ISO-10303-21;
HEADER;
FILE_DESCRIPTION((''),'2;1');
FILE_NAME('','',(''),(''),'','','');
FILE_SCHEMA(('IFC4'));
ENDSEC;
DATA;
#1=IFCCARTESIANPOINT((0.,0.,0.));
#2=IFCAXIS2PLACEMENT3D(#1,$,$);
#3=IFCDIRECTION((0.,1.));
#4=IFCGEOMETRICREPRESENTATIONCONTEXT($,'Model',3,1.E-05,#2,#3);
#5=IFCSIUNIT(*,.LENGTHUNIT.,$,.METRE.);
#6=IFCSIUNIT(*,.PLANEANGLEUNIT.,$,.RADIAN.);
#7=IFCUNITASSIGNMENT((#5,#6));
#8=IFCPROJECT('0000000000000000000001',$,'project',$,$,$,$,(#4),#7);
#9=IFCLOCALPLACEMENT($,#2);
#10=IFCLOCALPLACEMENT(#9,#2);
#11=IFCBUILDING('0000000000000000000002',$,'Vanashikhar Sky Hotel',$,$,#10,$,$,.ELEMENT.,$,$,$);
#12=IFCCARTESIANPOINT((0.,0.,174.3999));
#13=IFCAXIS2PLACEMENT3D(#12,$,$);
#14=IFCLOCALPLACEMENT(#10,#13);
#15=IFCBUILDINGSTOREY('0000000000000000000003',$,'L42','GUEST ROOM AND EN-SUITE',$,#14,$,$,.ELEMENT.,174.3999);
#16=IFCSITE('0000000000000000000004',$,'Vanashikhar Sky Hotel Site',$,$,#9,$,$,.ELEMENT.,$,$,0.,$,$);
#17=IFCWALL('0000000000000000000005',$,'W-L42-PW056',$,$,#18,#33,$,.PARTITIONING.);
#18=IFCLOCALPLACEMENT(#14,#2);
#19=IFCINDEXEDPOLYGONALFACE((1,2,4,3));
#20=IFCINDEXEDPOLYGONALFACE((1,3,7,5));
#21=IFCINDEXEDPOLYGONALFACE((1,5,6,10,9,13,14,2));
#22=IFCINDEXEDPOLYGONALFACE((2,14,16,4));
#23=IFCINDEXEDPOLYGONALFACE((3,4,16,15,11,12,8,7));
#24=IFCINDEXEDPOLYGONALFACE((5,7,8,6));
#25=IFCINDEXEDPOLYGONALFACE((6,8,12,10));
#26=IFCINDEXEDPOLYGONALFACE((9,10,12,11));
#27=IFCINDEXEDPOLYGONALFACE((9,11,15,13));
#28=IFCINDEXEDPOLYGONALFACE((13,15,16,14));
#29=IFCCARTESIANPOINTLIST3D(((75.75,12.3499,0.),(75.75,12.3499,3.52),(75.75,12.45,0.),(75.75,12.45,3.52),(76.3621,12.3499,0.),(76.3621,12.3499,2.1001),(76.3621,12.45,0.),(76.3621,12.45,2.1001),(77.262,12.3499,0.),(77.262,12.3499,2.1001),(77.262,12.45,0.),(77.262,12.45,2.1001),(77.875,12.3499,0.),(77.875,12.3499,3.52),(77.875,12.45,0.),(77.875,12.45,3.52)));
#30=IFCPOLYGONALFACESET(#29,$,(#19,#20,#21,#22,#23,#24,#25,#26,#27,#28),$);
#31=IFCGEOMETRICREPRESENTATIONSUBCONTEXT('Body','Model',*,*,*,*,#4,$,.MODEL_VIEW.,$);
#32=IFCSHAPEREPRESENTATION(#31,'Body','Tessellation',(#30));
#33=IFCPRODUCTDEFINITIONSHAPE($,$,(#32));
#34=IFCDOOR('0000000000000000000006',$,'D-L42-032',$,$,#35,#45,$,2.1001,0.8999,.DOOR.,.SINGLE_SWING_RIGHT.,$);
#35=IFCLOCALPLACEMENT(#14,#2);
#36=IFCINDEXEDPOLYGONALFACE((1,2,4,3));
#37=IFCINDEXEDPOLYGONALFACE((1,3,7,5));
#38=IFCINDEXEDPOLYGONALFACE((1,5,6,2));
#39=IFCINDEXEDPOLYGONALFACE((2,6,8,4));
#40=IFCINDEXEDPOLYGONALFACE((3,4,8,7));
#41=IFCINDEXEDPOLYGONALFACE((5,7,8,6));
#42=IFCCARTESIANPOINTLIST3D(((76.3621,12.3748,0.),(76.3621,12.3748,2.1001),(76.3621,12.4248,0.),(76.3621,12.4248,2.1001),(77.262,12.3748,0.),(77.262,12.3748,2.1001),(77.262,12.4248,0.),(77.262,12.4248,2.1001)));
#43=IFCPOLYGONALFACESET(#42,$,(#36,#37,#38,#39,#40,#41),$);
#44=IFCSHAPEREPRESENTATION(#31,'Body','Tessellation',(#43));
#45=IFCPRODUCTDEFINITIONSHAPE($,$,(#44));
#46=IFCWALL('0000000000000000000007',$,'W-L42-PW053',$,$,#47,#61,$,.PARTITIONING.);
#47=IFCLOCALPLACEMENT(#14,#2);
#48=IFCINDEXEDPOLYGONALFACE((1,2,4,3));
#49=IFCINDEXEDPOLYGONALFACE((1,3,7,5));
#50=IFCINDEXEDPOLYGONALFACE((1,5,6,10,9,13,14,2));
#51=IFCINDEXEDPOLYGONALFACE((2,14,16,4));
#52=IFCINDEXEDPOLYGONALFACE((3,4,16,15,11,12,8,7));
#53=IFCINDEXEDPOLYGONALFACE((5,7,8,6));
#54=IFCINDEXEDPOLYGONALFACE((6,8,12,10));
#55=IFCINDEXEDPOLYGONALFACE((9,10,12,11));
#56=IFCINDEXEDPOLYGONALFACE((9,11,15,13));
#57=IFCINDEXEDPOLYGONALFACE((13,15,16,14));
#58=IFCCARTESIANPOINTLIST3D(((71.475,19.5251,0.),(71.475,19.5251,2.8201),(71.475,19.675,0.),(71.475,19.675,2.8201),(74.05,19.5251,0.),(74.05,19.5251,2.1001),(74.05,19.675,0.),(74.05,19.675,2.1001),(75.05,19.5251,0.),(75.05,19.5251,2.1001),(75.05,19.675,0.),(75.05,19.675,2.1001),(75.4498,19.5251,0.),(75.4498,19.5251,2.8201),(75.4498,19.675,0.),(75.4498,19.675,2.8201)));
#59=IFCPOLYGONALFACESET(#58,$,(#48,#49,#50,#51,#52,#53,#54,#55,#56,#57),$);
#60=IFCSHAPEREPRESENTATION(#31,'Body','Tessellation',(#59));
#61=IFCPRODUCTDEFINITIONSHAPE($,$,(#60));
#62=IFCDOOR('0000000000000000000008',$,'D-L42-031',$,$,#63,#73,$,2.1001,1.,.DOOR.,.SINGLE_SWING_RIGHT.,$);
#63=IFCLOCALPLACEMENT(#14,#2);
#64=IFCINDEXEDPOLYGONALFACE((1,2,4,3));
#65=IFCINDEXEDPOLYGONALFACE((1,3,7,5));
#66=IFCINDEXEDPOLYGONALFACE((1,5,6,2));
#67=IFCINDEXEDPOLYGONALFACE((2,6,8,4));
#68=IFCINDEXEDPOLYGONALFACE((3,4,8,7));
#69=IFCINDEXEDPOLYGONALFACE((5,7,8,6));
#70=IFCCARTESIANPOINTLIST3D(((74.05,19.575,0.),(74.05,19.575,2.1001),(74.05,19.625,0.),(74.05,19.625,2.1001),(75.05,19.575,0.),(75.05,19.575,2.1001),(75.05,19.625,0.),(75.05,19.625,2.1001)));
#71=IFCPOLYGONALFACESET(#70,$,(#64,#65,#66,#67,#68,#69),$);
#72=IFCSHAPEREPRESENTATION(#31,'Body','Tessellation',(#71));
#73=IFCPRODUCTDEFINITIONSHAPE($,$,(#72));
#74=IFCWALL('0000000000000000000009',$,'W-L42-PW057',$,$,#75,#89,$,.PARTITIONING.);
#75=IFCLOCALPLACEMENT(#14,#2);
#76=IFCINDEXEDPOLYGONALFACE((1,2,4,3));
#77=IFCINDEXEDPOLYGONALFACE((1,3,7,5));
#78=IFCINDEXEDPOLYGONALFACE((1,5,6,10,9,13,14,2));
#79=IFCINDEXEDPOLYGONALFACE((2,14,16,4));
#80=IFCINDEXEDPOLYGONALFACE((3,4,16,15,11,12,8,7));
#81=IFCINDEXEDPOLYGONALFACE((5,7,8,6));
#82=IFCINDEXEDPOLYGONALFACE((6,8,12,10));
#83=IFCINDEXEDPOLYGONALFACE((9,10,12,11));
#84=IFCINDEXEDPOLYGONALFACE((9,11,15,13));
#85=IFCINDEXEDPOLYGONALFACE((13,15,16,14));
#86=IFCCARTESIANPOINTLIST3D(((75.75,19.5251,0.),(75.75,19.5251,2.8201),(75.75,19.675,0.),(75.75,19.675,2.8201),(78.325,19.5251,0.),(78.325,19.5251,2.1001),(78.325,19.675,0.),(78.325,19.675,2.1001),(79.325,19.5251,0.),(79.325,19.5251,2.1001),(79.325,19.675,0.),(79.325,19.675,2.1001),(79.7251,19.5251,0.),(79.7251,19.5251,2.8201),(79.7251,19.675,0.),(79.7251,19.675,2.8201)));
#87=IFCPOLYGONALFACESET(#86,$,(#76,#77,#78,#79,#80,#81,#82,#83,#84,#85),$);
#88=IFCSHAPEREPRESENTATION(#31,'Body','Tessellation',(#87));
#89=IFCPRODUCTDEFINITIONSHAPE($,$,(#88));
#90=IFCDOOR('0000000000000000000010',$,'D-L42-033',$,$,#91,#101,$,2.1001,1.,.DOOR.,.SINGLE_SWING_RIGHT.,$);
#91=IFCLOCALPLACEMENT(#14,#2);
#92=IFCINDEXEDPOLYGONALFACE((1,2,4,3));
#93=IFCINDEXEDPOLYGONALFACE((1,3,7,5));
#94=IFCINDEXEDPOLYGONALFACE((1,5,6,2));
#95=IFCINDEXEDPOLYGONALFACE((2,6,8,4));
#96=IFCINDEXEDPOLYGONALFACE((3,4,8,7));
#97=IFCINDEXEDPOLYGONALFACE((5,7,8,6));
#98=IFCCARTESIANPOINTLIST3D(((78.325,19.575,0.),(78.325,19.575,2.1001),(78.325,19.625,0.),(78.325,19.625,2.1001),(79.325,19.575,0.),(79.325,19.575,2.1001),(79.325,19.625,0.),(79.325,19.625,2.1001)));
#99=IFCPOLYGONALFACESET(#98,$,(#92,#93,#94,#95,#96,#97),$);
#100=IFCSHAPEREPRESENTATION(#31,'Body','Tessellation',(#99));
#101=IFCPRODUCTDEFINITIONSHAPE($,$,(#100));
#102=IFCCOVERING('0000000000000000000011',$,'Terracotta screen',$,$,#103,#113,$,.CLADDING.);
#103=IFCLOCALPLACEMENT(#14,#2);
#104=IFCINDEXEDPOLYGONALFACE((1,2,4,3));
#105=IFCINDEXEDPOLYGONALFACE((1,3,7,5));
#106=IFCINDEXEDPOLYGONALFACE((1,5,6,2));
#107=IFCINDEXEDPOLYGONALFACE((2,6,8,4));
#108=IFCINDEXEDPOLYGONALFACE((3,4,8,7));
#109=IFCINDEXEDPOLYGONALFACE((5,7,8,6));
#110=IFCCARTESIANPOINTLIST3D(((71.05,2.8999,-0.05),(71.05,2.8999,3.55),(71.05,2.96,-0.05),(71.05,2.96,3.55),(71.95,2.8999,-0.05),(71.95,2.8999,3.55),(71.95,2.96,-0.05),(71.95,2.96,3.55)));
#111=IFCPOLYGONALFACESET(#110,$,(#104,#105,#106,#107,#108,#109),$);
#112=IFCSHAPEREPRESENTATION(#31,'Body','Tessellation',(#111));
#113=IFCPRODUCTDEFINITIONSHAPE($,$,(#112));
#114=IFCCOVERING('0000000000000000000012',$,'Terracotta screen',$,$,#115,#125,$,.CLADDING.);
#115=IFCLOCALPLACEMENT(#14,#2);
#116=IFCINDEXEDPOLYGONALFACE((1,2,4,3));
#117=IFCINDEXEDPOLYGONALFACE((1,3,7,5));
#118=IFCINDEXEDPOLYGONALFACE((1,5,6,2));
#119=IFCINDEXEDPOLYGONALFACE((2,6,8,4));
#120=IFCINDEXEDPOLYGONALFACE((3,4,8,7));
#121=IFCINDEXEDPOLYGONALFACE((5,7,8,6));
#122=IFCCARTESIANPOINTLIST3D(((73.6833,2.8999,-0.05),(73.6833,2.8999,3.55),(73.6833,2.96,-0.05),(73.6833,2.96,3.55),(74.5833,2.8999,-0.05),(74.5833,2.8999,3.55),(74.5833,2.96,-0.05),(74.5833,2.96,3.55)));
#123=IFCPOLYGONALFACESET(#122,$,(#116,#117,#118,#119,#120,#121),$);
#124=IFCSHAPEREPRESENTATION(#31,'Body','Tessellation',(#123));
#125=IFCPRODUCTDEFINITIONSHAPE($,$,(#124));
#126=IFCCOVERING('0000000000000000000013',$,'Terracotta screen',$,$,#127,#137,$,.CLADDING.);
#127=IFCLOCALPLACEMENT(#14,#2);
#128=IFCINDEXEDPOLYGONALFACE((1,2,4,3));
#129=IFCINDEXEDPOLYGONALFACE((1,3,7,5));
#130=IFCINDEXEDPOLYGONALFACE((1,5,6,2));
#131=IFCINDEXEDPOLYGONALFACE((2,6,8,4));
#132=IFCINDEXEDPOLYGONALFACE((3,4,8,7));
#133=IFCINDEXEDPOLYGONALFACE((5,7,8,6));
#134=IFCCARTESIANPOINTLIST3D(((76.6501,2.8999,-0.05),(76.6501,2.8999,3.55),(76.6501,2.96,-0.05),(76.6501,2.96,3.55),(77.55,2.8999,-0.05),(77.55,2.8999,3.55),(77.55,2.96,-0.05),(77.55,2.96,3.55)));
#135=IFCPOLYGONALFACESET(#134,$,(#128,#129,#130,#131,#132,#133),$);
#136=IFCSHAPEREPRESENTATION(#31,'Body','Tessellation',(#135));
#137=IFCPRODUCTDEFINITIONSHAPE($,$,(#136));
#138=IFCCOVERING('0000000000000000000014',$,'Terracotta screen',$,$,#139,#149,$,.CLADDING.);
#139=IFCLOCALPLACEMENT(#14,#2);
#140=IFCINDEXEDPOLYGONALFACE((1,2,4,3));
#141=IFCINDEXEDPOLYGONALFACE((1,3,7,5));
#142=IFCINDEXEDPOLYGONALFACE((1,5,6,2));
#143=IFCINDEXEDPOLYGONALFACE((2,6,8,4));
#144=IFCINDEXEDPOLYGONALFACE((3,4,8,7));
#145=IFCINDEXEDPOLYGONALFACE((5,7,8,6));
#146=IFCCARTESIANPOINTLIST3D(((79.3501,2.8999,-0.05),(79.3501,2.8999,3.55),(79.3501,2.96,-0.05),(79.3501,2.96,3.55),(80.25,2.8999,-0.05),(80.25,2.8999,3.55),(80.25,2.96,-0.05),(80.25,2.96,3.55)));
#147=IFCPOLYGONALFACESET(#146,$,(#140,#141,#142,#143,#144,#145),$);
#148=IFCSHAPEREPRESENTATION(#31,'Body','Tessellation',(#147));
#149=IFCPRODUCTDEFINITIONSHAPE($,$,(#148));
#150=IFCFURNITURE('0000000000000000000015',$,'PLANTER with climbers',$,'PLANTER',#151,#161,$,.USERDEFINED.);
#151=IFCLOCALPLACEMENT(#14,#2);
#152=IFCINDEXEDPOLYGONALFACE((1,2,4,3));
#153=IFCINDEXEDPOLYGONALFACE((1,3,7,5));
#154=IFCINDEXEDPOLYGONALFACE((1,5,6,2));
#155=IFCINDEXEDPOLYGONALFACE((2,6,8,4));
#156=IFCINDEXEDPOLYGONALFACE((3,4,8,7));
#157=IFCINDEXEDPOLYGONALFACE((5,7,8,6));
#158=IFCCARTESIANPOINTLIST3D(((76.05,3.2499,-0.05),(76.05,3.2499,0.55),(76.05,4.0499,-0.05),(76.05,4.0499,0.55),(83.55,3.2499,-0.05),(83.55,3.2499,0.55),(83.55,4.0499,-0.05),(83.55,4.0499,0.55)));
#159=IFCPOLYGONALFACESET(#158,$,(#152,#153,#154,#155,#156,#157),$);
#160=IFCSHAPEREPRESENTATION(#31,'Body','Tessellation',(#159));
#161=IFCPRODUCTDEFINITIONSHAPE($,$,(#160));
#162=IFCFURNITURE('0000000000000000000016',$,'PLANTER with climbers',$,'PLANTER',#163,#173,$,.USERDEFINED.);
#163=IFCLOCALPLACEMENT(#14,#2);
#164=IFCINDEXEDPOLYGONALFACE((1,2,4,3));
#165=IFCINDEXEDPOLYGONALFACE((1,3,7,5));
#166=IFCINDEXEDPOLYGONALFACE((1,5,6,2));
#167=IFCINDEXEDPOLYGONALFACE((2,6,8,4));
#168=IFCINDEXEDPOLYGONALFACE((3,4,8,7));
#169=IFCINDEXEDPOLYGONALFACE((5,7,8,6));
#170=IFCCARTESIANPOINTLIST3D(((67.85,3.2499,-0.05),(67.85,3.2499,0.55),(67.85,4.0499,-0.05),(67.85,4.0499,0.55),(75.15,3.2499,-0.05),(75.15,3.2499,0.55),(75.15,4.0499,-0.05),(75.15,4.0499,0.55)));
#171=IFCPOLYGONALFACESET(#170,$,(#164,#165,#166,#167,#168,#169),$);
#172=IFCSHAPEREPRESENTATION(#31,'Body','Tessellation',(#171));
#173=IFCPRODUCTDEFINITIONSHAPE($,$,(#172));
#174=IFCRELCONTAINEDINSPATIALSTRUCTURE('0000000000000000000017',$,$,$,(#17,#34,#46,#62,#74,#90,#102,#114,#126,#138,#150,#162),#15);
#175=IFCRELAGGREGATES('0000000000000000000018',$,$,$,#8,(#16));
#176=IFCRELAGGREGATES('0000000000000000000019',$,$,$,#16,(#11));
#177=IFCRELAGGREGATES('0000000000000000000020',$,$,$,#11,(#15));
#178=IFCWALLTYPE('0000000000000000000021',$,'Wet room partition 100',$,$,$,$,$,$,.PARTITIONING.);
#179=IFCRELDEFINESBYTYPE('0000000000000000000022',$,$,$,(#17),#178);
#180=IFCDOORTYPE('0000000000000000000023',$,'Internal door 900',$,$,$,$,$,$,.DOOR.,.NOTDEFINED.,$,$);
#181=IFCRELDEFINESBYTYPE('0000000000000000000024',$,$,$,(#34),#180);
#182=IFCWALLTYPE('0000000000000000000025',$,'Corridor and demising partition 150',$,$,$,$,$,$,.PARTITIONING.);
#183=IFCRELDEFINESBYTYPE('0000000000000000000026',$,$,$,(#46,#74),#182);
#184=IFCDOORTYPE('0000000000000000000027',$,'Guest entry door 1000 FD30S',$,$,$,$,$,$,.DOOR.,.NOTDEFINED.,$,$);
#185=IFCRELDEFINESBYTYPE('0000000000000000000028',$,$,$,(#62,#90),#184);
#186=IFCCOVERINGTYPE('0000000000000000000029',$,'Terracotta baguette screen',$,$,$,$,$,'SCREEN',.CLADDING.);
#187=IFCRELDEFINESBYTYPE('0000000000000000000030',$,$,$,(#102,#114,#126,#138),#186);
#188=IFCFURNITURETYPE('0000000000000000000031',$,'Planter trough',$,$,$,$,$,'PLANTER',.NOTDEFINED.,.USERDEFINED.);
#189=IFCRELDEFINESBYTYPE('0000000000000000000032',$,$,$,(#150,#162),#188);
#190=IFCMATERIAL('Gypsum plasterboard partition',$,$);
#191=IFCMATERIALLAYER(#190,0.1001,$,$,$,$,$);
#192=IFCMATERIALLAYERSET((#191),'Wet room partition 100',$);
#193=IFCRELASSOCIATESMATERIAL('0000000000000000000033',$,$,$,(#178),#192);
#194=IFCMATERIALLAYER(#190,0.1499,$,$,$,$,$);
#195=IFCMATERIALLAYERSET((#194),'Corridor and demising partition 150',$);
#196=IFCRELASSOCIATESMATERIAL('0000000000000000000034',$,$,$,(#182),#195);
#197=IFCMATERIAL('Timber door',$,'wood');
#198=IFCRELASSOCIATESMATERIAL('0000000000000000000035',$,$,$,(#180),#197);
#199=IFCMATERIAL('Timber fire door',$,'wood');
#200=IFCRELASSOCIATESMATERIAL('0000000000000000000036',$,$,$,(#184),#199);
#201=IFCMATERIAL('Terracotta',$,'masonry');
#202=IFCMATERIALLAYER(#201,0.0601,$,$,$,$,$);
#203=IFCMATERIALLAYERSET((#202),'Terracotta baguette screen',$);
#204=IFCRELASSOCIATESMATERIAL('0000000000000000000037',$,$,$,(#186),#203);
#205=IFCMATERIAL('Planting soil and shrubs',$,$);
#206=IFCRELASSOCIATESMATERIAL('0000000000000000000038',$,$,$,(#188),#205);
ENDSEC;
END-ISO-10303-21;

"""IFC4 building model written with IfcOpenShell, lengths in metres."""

from ifc_helpers import new_model, si_unit, direction, frame, frame_2d, origin, origin_2d, place, context, subcontext, project, spatial, rectangle, extrude, source, transform, mapped, material, layer, layer_set, type_object, element, fill, save


model = new_model("IFC4")

# Units and contexts
model_context = context("Model", 3, precision=1e-05, world=origin(), true_north=direction((0.0, 1.0)))
body_context = subcontext(model_context, "Body", "Model", "MODEL_VIEW")
ifc_project = project(units=[si_unit("LENGTHUNIT", "METRE"), si_unit("PLANEANGLEUNIT", "RADIAN")], contexts=[model_context])

# Site, building, storey
site_placement = place(None, origin())
site = spatial("IfcSite", under=ifc_project, at=site_placement, Name="Vanashikhar Sky Hotel Site", CompositionType="ELEMENT", RefElevation=0.0)
building_placement = place(site_placement, origin())
building = spatial("IfcBuilding", under=site, at=building_placement, Name="Vanashikhar Sky Hotel", CompositionType="ELEMENT")
storey_placement = place(building_placement, frame((0.0, 0.0, 174.3999)))
storey = spatial("IfcBuildingStorey", under=building, at=storey_placement, Name="L42", Description="GUEST ROOM AND EN-SUITE", CompositionType="ELEMENT", Elevation=174.3999)

# Shared definitions
ifc_material_1 = material(Name="Gypsum plasterboard partition")
ifc_layer_1 = layer(ifc_material_1, 0.1001)
ifc_layer_set_1 = layer_set([ifc_layer_1], Name="Wet room partition 100")
wall_type_1 = type_object("IfcWallType", Name="Wet room partition 100", PredefinedType="PARTITIONING", material=ifc_layer_set_1)
ifc_layer_2 = layer(ifc_material_1, 0.1499)
ifc_layer_set_2 = layer_set([ifc_layer_2], Name="Corridor and demising partition 150")
wall_type_2 = type_object("IfcWallType", Name="Corridor and demising partition 150", PredefinedType="PARTITIONING", material=ifc_layer_set_2)

# Walls, openings, doors
shared_shape_1 = source(origin(), body_context, "Body", "SweptSolid", [
    extrude(rectangle(XDim=2.125, YDim=0.1001, at=frame_2d((1.0625, 0.0))), origin(), (0.0, 0.0, 1.0), 3.52),
])
shared_shape_2 = source(origin(), body_context, "Body", "SweptSolid", [
    extrude(rectangle(XDim=0.8999, YDim=2.1001, at=frame_2d((0.45, 1.05))), frame((0.0, 0.0601, 0.0), z_axis=(0.0, -1.0, 0.0), x_axis=(1.0, 0.0, 0.0)), (0.0, 0.0, 1.0), 0.1201),
])
ifc_material_2 = material(Name="Timber door", Category="wood")
door_type_1 = type_object("IfcDoorType", Name="Internal door 900", OperationType="NOTDEFINED", PredefinedType="DOOR", material=ifc_material_2)
shared_shape_3 = source(origin(), body_context, "Body", "SweptSolid", [
    extrude(rectangle(XDim=0.8999, YDim=2.1001, at=frame_2d((0.45, 1.05))), frame((0.0, 0.0249, 0.0), z_axis=(0.0, -1.0, 0.0), x_axis=(1.0, 0.0, 0.0)), (0.0, 0.0, 1.0), 0.05),
])
wall_1_placement = place(storey_placement, frame((75.75, 12.3999, 0.0), z_axis=(0.0, 0.0, 1.0), x_axis=(1.0, 0.0, 0.0)))
wall_1 = element("IfcWall", 1, at=wall_1_placement, inside=storey, type_object=wall_type_1, Name="W-L42-PW056", PredefinedType="PARTITIONING", context=body_context, shape_type="MappedRepresentation", body=[
    mapped(shared_shape_1, transform((0.0, 0.0, 0.0), scale=1.0)),
])
opening_1_placement = place(wall_1_placement, frame((0.6121, 0.0, 0.0)))
opening_1 = element("IfcOpeningElement", 2, at=opening_1_placement, cuts=wall_1, PredefinedType="OPENING", context=body_context, shape_type="MappedRepresentation", body=[
    mapped(shared_shape_2, transform((0.0, 0.0, 0.0), scale=1.0)),
])
door_1_placement = place(opening_1_placement, origin())
door_1 = element("IfcDoor", 3, at=door_1_placement, inside=storey, type_object=door_type_1, Name="D-L42-032", OperationType="SINGLE_SWING_RIGHT", OverallHeight=2.1001, OverallWidth=0.8999, PredefinedType="DOOR", context=body_context, shape_type="MappedRepresentation", body=[
    mapped(shared_shape_3, transform((0.0, 0.0, 0.0), scale=1.0)),
])
fill(opening_1, door_1)
shared_shape_4 = source(origin(), body_context, "Body", "SweptSolid", [
    extrude(rectangle(XDim=3.9749, YDim=0.1499, at=frame_2d((1.9873, 0.0))), origin(), (0.0, 0.0, 1.0), 2.8201),
])
wall_2_placement = place(storey_placement, frame((71.4751, 19.6001, 0.0), z_axis=(0.0, 0.0, 1.0), x_axis=(1.0, 0.0, 0.0)))
wall_2 = element("IfcWall", 4, at=wall_2_placement, inside=storey, type_object=wall_type_2, Name="W-L42-PW053", PredefinedType="PARTITIONING", context=body_context, shape_type="MappedRepresentation", body=[
    mapped(shared_shape_4, transform((0.0, 0.0, 0.0), scale=1.0)),
])
shared_shape_5 = source(origin(), body_context, "Body", "SweptSolid", [
    extrude(rectangle(XDim=1.0, YDim=2.1001, at=frame_2d((0.5, 1.05))), frame((0.0, 0.085, 0.0), z_axis=(0.0, -1.0, 0.0), x_axis=(1.0, 0.0, 0.0)), (0.0, 0.0, 1.0), 0.1699),
])
opening_2_placement = place(wall_2_placement, frame((2.575, 0.0, 0.0)))
opening_2 = element("IfcOpeningElement", 5, at=opening_2_placement, cuts=wall_2, PredefinedType="OPENING", context=body_context, shape_type="MappedRepresentation", body=[
    mapped(shared_shape_5, transform((0.0, 0.0, 0.0), scale=1.0)),
])
ifc_material_3 = material(Name="Timber fire door", Category="wood")
door_type_2 = type_object("IfcDoorType", Name="Guest entry door 1000 FD30S", OperationType="NOTDEFINED", PredefinedType="DOOR", material=ifc_material_3)
shared_shape_6 = source(origin(), body_context, "Body", "SweptSolid", [
    extrude(rectangle(XDim=1.0, YDim=2.1001, at=frame_2d((0.5, 1.05))), frame((0.0, 0.0249, 0.0), z_axis=(0.0, -1.0, 0.0), x_axis=(1.0, 0.0, 0.0)), (0.0, 0.0, 1.0), 0.05),
])
door_2_placement = place(opening_2_placement, origin())
door_2 = element("IfcDoor", 6, at=door_2_placement, inside=storey, type_object=door_type_2, Name="D-L42-031", OperationType="SINGLE_SWING_RIGHT", OverallHeight=2.1001, OverallWidth=1.0, PredefinedType="DOOR", context=body_context, shape_type="MappedRepresentation", body=[
    mapped(shared_shape_6, transform((0.0, 0.0, 0.0), scale=1.0)),
])
fill(opening_2, door_2)
shared_shape_7 = source(origin(), body_context, "Body", "SweptSolid", [
    extrude(rectangle(XDim=3.9751, YDim=0.1499, at=frame_2d((1.9875, 0.0))), origin(), (0.0, 0.0, 1.0), 2.8201),
])
wall_3_placement = place(storey_placement, frame((75.75, 19.6001, 0.0), z_axis=(0.0, 0.0, 1.0), x_axis=(1.0, 0.0, 0.0)))
wall_3 = element("IfcWall", 7, at=wall_3_placement, inside=storey, type_object=wall_type_2, Name="W-L42-PW057", PredefinedType="PARTITIONING", context=body_context, shape_type="MappedRepresentation", body=[
    mapped(shared_shape_7, transform((0.0, 0.0, 0.0), scale=1.0)),
])
opening_3_placement = place(wall_3_placement, frame((2.575, 0.0, 0.0)))
opening_3 = element("IfcOpeningElement", 8, at=opening_3_placement, cuts=wall_3, PredefinedType="OPENING", context=body_context, shape_type="MappedRepresentation", body=[
    mapped(shared_shape_5, transform((0.0, 0.0, 0.0), scale=1.0)),
])
door_3_placement = place(opening_3_placement, origin())
door_3 = element("IfcDoor", 9, at=door_3_placement, inside=storey, type_object=door_type_2, Name="D-L42-033", OperationType="SINGLE_SWING_RIGHT", OverallHeight=2.1001, OverallWidth=1.0, PredefinedType="DOOR", context=body_context, shape_type="MappedRepresentation", body=[
    mapped(shared_shape_6, transform((0.0, 0.0, 0.0), scale=1.0)),
])
fill(opening_3, door_3)

# Coverings
ifc_material_4 = material(Name="Terracotta", Category="masonry")
ifc_layer_3 = layer(ifc_material_4, 0.0601)
ifc_layer_set_3 = layer_set([ifc_layer_3], Name="Terracotta baguette screen")
covering_type = type_object("IfcCoveringType", Name="Terracotta baguette screen", ElementType="SCREEN", PredefinedType="CLADDING", material=ifc_layer_set_3)
shared_shape_8 = source(origin(), body_context, "Body", "SweptSolid", [
    extrude(rectangle(XDim=0.8999, YDim=0.0601, at=origin_2d()), origin(), (0.0, 0.0, 1.0), 3.6001),
])
for number, where, z_axis, x_axis, name in (
    (10, (71.5, 2.9299, -0.05), (0.0, 0.0, 1.0), (1.0, 0.0, 0.0), "Terracotta screen"),
    (11, (74.1333, 2.9299, -0.05), (0.0, 0.0, 1.0), (1.0, 0.0, 0.0), "Terracotta screen"),
    (12, (77.1001, 2.9299, -0.05), (0.0, 0.0, 1.0), (1.0, 0.0, 0.0), "Terracotta screen"),
    (13, (79.8, 2.9299, -0.05), (0.0, 0.0, 1.0), (1.0, 0.0, 0.0), "Terracotta screen"),
):
    element("IfcCovering", number, at=place(storey_placement, frame(where, z_axis=z_axis, x_axis=x_axis)), inside=storey, type_object=covering_type, Name=name, PredefinedType="CLADDING", context=body_context, shape_type="MappedRepresentation", body=[
        mapped(shared_shape_8, transform((0.0, 0.0, 0.0), scale=1.0)),
    ])

# Furniture
ifc_material_5 = material(Name="Planting soil and shrubs")
furniture_type = type_object("IfcFurnitureType", Name="Planter trough", ElementType="PLANTER", AssemblyPlace="NOTDEFINED", PredefinedType="USERDEFINED", material=ifc_material_5)
shared_shape_9 = source(origin(), body_context, "Body", "SweptSolid", [
    extrude(rectangle(XDim=7.5, YDim=0.8, at=origin_2d()), origin(), (0.0, 0.0, 1.0), 0.6001),
])
furniture_1_placement = place(storey_placement, frame((79.8, 3.6499, -0.05), z_axis=(0.0, 0.0, 1.0), x_axis=(1.0, 0.0, 0.0)))
element("IfcFurniture", 14, at=furniture_1_placement, inside=storey, type_object=furniture_type, Name="PLANTER with climbers", ObjectType="PLANTER", PredefinedType="USERDEFINED", context=body_context, shape_type="MappedRepresentation", body=[
    mapped(shared_shape_9, transform((0.0, 0.0, 0.0), scale=1.0)),
])
shared_shape_10 = source(origin(), body_context, "Body", "SweptSolid", [
    extrude(rectangle(XDim=7.3, YDim=0.8, at=origin_2d()), origin(), (0.0, 0.0, 1.0), 0.6001),
])
furniture_2_placement = place(storey_placement, frame((71.5, 3.6499, -0.05), z_axis=(0.0, 0.0, 1.0), x_axis=(1.0, 0.0, 0.0)))
element("IfcFurniture", 15, at=furniture_2_placement, inside=storey, type_object=furniture_type, Name="PLANTER with climbers", ObjectType="PLANTER", PredefinedType="USERDEFINED", context=body_context, shape_type="MappedRepresentation", body=[
    mapped(shared_shape_10, transform((0.0, 0.0, 0.0), scale=1.0)),
])

save(model, "model.ifc")
